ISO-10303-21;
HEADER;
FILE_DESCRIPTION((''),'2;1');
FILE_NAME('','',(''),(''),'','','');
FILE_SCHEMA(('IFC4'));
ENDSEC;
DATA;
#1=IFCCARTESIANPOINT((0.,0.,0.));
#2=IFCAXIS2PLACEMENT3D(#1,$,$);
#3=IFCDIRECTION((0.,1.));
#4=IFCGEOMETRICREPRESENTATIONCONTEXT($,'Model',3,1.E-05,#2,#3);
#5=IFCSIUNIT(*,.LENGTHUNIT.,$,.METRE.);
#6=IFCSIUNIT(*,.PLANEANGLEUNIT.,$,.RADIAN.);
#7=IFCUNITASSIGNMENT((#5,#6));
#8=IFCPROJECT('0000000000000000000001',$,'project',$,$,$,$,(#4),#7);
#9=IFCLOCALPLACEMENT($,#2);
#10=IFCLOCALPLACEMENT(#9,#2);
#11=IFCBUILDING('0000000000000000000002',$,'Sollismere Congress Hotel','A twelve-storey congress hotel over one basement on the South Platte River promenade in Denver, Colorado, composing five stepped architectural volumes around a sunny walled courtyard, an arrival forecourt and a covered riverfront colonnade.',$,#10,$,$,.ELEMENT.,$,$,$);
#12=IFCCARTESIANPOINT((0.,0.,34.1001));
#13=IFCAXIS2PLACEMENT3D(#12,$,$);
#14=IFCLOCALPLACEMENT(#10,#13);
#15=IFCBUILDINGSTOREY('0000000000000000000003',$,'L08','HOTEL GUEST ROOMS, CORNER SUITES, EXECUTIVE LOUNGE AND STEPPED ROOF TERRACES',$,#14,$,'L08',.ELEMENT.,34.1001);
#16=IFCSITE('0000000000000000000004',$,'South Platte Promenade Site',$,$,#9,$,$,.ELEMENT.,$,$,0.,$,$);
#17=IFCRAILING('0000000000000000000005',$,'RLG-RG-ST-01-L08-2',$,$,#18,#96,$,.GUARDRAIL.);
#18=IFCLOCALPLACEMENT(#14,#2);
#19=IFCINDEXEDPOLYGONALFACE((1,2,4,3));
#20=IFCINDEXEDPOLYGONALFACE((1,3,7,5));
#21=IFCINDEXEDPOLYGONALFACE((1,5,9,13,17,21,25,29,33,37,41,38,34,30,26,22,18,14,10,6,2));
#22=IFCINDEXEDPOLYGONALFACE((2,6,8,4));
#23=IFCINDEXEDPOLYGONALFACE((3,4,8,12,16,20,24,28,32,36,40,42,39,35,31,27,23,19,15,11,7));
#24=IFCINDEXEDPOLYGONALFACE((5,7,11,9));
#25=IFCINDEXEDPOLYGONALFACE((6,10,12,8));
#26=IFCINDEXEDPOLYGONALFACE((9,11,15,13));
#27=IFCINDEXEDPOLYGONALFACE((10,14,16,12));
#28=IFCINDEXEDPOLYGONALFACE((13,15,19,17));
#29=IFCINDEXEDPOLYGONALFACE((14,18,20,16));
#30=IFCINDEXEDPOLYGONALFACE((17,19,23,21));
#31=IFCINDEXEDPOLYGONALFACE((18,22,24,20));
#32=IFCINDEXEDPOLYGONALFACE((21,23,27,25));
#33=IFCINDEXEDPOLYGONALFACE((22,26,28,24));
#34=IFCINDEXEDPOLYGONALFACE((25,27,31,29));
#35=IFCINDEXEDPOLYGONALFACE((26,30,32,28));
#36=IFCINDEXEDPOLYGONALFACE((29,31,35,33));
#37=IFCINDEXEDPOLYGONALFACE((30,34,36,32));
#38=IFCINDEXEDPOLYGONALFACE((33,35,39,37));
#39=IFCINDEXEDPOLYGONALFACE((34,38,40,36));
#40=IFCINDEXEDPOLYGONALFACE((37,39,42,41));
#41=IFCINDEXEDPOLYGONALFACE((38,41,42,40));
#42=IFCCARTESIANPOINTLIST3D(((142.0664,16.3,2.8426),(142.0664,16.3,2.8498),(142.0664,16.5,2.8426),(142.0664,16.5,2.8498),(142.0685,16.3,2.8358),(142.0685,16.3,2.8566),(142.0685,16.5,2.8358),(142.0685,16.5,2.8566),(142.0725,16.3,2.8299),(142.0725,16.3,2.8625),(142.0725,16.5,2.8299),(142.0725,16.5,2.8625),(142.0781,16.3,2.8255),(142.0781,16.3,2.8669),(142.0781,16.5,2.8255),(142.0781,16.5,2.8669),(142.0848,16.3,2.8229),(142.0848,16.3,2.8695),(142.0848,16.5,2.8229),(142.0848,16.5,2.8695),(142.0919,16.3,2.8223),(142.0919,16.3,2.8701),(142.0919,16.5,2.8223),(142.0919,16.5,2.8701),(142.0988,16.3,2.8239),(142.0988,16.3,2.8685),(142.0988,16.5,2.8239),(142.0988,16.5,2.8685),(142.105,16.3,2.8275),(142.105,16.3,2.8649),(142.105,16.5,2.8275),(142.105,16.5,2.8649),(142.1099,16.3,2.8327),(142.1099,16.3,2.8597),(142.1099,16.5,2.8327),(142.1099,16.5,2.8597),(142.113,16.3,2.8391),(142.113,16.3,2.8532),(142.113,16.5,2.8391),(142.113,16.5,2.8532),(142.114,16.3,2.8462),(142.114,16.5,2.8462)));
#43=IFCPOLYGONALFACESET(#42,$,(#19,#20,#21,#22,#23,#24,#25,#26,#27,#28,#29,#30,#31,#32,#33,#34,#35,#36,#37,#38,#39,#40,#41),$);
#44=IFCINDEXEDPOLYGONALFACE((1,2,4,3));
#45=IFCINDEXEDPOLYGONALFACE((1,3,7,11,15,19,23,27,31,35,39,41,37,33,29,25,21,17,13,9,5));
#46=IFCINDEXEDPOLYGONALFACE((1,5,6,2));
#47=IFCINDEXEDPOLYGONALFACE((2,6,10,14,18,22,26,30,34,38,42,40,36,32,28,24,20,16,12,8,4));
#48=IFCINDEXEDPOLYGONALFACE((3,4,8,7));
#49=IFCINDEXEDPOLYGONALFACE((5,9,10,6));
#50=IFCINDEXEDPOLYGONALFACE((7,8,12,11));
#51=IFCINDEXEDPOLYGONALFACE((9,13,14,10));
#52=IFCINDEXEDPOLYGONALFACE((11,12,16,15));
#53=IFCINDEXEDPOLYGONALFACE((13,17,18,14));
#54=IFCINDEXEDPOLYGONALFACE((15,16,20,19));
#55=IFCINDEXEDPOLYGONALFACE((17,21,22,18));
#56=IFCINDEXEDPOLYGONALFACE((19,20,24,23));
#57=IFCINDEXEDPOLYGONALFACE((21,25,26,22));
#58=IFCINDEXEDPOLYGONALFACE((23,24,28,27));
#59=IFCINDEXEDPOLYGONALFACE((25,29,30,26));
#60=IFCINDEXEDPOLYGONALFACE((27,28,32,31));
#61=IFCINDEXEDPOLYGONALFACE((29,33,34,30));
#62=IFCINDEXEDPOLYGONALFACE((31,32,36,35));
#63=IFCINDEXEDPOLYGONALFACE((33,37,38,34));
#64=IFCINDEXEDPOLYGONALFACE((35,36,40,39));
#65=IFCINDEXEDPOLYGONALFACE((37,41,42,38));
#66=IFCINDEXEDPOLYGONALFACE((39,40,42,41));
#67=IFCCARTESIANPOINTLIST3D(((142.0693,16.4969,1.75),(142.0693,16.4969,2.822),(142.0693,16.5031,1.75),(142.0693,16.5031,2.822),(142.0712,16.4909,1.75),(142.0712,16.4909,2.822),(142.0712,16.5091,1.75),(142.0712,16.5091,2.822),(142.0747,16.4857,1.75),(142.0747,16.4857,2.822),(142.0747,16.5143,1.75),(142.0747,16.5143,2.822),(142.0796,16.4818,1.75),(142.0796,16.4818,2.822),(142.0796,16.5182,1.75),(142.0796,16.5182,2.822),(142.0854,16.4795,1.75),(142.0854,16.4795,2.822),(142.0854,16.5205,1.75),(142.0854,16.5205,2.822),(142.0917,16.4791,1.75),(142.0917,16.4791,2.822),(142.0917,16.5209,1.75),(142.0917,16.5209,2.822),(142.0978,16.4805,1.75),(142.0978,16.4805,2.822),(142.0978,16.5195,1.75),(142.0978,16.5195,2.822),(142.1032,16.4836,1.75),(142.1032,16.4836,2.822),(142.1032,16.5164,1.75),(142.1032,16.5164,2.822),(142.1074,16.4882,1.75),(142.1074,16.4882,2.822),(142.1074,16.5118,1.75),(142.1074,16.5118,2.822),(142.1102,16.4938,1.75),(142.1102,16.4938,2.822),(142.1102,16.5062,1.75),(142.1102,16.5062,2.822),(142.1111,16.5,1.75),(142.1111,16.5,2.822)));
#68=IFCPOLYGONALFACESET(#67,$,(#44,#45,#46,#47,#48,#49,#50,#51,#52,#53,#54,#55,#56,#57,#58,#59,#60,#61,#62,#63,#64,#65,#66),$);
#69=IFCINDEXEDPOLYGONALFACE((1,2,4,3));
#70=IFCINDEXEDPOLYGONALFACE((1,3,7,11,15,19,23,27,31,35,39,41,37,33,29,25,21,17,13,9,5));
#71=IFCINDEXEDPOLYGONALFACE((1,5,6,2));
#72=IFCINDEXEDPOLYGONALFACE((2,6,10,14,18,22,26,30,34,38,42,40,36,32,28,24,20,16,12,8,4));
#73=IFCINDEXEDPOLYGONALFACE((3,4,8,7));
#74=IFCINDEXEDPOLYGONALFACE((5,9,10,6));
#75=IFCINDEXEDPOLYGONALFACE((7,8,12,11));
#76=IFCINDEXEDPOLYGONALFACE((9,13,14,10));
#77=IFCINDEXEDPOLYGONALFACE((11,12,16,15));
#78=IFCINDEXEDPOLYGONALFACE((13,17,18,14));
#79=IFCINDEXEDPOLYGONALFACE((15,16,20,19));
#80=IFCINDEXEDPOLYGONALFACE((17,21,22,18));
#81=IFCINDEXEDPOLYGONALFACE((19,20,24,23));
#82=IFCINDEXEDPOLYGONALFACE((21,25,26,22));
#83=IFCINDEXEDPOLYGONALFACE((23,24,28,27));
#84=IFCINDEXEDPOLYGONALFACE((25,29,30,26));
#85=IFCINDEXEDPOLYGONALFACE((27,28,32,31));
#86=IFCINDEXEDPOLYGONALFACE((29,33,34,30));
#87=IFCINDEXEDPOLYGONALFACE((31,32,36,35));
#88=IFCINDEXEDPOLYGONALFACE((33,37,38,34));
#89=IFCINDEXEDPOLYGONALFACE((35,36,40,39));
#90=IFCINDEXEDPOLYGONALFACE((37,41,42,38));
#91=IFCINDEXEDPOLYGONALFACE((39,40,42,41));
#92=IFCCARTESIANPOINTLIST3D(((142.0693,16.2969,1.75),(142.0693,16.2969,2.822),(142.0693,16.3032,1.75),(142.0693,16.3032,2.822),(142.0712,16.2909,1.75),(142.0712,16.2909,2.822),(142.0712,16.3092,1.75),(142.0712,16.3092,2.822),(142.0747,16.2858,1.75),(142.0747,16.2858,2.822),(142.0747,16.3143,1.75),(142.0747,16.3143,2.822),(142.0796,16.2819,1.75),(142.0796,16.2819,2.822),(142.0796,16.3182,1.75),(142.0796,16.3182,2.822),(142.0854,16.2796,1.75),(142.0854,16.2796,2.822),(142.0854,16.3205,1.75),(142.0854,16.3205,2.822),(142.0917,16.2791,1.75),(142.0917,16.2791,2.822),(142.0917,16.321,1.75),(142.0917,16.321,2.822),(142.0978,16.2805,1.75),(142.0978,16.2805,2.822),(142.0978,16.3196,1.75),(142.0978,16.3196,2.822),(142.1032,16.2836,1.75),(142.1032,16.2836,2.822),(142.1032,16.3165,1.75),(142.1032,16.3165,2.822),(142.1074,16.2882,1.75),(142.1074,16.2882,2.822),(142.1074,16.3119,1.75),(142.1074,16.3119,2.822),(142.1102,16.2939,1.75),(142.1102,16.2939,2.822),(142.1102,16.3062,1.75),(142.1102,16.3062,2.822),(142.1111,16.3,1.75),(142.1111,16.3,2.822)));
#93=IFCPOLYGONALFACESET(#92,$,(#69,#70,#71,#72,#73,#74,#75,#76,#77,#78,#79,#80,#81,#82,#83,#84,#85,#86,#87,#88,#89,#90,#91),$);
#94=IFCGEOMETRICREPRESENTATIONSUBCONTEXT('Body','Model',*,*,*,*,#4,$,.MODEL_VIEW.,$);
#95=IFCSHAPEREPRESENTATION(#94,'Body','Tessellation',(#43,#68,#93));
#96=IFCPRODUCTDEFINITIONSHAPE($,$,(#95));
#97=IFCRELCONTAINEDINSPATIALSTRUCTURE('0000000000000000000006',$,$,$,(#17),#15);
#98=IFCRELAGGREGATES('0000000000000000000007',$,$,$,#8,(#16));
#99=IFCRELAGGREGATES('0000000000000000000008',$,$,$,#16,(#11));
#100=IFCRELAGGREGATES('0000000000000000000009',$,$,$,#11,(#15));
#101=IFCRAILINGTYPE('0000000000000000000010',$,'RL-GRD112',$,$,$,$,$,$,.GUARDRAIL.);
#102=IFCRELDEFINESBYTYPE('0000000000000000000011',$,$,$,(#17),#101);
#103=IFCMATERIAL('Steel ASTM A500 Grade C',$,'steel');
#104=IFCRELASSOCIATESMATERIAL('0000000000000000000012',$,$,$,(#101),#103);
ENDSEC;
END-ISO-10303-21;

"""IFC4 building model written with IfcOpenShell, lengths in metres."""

from ifc_helpers import new_model, si_unit, direction, frame, origin, origin_2d, place, context, subcontext, project, spatial, circle, extrude, material, type_object, element, save


model = new_model("IFC4")

# Units and contexts
model_context = context("Model", 3, precision=1e-05, world=origin(), true_north=direction((0.0, 1.0)))
body_context = subcontext(model_context, "Body", "Model", "MODEL_VIEW")
ifc_project = project(units=[si_unit("LENGTHUNIT", "METRE"), si_unit("PLANEANGLEUNIT", "RADIAN")], contexts=[model_context])

# Site, building, storey
site_placement = place(None, origin())
site = spatial("IfcSite", under=ifc_project, at=site_placement, Name="South Platte Promenade Site", CompositionType="ELEMENT", RefElevation=0.0)
building_placement = place(site_placement, origin())
building = spatial("IfcBuilding", under=site, at=building_placement, Name="Sollismere Congress Hotel", Description="A twelve-storey congress hotel over one basement on the South Platte River promenade in Denver, Colorado, composing five stepped architectural volumes around a sunny walled courtyard, an arrival forecourt and a covered riverfront colonnade.", CompositionType="ELEMENT")
storey_placement = place(building_placement, frame((0.0, 0.0, 34.1001)))
storey = spatial("IfcBuildingStorey", under=building, at=storey_placement, Name="L08", Description="HOTEL GUEST ROOMS, CORNER SUITES, EXECUTIVE LOUNGE AND STEPPED ROOF TERRACES", LongName="L08", CompositionType="ELEMENT", Elevation=34.1001)

# Railing
ifc_material_1 = material(Name="Steel ASTM A500 Grade C", Category="steel")
railing_type_1 = type_object("IfcRailingType", Name="RL-GRD112", PredefinedType="GUARDRAIL", material=ifc_material_1)
railing_1_placement = place(storey_placement, frame((142.0901, 16.5, 1.75)))
element("IfcRailing", 1, at=railing_1_placement, inside=storey, type_object=railing_type_1, Name="RLG-RG-ST-01-L08-2", PredefinedType="GUARDRAIL", context=body_context, shape_type="SweptSolid", body=[
    extrude(circle(Radius=0.0239, at=origin_2d()), frame((0.0, 0.0, 1.0962), z_axis=(0.0, -1.0, 0.0), x_axis=(1.0, 0.0, 0.0)), (0.0, 0.0, 1.0), 0.2),
    extrude(circle(Radius=0.021, at=origin_2d()), origin(), (0.0, 0.0, 1.0), 1.072),
    extrude(circle(Radius=0.021, at=origin_2d()), frame((0.0, -0.2, 0.0)), (0.0, 0.0, 1.0), 1.072),
])

save(model, "model.ifc")
